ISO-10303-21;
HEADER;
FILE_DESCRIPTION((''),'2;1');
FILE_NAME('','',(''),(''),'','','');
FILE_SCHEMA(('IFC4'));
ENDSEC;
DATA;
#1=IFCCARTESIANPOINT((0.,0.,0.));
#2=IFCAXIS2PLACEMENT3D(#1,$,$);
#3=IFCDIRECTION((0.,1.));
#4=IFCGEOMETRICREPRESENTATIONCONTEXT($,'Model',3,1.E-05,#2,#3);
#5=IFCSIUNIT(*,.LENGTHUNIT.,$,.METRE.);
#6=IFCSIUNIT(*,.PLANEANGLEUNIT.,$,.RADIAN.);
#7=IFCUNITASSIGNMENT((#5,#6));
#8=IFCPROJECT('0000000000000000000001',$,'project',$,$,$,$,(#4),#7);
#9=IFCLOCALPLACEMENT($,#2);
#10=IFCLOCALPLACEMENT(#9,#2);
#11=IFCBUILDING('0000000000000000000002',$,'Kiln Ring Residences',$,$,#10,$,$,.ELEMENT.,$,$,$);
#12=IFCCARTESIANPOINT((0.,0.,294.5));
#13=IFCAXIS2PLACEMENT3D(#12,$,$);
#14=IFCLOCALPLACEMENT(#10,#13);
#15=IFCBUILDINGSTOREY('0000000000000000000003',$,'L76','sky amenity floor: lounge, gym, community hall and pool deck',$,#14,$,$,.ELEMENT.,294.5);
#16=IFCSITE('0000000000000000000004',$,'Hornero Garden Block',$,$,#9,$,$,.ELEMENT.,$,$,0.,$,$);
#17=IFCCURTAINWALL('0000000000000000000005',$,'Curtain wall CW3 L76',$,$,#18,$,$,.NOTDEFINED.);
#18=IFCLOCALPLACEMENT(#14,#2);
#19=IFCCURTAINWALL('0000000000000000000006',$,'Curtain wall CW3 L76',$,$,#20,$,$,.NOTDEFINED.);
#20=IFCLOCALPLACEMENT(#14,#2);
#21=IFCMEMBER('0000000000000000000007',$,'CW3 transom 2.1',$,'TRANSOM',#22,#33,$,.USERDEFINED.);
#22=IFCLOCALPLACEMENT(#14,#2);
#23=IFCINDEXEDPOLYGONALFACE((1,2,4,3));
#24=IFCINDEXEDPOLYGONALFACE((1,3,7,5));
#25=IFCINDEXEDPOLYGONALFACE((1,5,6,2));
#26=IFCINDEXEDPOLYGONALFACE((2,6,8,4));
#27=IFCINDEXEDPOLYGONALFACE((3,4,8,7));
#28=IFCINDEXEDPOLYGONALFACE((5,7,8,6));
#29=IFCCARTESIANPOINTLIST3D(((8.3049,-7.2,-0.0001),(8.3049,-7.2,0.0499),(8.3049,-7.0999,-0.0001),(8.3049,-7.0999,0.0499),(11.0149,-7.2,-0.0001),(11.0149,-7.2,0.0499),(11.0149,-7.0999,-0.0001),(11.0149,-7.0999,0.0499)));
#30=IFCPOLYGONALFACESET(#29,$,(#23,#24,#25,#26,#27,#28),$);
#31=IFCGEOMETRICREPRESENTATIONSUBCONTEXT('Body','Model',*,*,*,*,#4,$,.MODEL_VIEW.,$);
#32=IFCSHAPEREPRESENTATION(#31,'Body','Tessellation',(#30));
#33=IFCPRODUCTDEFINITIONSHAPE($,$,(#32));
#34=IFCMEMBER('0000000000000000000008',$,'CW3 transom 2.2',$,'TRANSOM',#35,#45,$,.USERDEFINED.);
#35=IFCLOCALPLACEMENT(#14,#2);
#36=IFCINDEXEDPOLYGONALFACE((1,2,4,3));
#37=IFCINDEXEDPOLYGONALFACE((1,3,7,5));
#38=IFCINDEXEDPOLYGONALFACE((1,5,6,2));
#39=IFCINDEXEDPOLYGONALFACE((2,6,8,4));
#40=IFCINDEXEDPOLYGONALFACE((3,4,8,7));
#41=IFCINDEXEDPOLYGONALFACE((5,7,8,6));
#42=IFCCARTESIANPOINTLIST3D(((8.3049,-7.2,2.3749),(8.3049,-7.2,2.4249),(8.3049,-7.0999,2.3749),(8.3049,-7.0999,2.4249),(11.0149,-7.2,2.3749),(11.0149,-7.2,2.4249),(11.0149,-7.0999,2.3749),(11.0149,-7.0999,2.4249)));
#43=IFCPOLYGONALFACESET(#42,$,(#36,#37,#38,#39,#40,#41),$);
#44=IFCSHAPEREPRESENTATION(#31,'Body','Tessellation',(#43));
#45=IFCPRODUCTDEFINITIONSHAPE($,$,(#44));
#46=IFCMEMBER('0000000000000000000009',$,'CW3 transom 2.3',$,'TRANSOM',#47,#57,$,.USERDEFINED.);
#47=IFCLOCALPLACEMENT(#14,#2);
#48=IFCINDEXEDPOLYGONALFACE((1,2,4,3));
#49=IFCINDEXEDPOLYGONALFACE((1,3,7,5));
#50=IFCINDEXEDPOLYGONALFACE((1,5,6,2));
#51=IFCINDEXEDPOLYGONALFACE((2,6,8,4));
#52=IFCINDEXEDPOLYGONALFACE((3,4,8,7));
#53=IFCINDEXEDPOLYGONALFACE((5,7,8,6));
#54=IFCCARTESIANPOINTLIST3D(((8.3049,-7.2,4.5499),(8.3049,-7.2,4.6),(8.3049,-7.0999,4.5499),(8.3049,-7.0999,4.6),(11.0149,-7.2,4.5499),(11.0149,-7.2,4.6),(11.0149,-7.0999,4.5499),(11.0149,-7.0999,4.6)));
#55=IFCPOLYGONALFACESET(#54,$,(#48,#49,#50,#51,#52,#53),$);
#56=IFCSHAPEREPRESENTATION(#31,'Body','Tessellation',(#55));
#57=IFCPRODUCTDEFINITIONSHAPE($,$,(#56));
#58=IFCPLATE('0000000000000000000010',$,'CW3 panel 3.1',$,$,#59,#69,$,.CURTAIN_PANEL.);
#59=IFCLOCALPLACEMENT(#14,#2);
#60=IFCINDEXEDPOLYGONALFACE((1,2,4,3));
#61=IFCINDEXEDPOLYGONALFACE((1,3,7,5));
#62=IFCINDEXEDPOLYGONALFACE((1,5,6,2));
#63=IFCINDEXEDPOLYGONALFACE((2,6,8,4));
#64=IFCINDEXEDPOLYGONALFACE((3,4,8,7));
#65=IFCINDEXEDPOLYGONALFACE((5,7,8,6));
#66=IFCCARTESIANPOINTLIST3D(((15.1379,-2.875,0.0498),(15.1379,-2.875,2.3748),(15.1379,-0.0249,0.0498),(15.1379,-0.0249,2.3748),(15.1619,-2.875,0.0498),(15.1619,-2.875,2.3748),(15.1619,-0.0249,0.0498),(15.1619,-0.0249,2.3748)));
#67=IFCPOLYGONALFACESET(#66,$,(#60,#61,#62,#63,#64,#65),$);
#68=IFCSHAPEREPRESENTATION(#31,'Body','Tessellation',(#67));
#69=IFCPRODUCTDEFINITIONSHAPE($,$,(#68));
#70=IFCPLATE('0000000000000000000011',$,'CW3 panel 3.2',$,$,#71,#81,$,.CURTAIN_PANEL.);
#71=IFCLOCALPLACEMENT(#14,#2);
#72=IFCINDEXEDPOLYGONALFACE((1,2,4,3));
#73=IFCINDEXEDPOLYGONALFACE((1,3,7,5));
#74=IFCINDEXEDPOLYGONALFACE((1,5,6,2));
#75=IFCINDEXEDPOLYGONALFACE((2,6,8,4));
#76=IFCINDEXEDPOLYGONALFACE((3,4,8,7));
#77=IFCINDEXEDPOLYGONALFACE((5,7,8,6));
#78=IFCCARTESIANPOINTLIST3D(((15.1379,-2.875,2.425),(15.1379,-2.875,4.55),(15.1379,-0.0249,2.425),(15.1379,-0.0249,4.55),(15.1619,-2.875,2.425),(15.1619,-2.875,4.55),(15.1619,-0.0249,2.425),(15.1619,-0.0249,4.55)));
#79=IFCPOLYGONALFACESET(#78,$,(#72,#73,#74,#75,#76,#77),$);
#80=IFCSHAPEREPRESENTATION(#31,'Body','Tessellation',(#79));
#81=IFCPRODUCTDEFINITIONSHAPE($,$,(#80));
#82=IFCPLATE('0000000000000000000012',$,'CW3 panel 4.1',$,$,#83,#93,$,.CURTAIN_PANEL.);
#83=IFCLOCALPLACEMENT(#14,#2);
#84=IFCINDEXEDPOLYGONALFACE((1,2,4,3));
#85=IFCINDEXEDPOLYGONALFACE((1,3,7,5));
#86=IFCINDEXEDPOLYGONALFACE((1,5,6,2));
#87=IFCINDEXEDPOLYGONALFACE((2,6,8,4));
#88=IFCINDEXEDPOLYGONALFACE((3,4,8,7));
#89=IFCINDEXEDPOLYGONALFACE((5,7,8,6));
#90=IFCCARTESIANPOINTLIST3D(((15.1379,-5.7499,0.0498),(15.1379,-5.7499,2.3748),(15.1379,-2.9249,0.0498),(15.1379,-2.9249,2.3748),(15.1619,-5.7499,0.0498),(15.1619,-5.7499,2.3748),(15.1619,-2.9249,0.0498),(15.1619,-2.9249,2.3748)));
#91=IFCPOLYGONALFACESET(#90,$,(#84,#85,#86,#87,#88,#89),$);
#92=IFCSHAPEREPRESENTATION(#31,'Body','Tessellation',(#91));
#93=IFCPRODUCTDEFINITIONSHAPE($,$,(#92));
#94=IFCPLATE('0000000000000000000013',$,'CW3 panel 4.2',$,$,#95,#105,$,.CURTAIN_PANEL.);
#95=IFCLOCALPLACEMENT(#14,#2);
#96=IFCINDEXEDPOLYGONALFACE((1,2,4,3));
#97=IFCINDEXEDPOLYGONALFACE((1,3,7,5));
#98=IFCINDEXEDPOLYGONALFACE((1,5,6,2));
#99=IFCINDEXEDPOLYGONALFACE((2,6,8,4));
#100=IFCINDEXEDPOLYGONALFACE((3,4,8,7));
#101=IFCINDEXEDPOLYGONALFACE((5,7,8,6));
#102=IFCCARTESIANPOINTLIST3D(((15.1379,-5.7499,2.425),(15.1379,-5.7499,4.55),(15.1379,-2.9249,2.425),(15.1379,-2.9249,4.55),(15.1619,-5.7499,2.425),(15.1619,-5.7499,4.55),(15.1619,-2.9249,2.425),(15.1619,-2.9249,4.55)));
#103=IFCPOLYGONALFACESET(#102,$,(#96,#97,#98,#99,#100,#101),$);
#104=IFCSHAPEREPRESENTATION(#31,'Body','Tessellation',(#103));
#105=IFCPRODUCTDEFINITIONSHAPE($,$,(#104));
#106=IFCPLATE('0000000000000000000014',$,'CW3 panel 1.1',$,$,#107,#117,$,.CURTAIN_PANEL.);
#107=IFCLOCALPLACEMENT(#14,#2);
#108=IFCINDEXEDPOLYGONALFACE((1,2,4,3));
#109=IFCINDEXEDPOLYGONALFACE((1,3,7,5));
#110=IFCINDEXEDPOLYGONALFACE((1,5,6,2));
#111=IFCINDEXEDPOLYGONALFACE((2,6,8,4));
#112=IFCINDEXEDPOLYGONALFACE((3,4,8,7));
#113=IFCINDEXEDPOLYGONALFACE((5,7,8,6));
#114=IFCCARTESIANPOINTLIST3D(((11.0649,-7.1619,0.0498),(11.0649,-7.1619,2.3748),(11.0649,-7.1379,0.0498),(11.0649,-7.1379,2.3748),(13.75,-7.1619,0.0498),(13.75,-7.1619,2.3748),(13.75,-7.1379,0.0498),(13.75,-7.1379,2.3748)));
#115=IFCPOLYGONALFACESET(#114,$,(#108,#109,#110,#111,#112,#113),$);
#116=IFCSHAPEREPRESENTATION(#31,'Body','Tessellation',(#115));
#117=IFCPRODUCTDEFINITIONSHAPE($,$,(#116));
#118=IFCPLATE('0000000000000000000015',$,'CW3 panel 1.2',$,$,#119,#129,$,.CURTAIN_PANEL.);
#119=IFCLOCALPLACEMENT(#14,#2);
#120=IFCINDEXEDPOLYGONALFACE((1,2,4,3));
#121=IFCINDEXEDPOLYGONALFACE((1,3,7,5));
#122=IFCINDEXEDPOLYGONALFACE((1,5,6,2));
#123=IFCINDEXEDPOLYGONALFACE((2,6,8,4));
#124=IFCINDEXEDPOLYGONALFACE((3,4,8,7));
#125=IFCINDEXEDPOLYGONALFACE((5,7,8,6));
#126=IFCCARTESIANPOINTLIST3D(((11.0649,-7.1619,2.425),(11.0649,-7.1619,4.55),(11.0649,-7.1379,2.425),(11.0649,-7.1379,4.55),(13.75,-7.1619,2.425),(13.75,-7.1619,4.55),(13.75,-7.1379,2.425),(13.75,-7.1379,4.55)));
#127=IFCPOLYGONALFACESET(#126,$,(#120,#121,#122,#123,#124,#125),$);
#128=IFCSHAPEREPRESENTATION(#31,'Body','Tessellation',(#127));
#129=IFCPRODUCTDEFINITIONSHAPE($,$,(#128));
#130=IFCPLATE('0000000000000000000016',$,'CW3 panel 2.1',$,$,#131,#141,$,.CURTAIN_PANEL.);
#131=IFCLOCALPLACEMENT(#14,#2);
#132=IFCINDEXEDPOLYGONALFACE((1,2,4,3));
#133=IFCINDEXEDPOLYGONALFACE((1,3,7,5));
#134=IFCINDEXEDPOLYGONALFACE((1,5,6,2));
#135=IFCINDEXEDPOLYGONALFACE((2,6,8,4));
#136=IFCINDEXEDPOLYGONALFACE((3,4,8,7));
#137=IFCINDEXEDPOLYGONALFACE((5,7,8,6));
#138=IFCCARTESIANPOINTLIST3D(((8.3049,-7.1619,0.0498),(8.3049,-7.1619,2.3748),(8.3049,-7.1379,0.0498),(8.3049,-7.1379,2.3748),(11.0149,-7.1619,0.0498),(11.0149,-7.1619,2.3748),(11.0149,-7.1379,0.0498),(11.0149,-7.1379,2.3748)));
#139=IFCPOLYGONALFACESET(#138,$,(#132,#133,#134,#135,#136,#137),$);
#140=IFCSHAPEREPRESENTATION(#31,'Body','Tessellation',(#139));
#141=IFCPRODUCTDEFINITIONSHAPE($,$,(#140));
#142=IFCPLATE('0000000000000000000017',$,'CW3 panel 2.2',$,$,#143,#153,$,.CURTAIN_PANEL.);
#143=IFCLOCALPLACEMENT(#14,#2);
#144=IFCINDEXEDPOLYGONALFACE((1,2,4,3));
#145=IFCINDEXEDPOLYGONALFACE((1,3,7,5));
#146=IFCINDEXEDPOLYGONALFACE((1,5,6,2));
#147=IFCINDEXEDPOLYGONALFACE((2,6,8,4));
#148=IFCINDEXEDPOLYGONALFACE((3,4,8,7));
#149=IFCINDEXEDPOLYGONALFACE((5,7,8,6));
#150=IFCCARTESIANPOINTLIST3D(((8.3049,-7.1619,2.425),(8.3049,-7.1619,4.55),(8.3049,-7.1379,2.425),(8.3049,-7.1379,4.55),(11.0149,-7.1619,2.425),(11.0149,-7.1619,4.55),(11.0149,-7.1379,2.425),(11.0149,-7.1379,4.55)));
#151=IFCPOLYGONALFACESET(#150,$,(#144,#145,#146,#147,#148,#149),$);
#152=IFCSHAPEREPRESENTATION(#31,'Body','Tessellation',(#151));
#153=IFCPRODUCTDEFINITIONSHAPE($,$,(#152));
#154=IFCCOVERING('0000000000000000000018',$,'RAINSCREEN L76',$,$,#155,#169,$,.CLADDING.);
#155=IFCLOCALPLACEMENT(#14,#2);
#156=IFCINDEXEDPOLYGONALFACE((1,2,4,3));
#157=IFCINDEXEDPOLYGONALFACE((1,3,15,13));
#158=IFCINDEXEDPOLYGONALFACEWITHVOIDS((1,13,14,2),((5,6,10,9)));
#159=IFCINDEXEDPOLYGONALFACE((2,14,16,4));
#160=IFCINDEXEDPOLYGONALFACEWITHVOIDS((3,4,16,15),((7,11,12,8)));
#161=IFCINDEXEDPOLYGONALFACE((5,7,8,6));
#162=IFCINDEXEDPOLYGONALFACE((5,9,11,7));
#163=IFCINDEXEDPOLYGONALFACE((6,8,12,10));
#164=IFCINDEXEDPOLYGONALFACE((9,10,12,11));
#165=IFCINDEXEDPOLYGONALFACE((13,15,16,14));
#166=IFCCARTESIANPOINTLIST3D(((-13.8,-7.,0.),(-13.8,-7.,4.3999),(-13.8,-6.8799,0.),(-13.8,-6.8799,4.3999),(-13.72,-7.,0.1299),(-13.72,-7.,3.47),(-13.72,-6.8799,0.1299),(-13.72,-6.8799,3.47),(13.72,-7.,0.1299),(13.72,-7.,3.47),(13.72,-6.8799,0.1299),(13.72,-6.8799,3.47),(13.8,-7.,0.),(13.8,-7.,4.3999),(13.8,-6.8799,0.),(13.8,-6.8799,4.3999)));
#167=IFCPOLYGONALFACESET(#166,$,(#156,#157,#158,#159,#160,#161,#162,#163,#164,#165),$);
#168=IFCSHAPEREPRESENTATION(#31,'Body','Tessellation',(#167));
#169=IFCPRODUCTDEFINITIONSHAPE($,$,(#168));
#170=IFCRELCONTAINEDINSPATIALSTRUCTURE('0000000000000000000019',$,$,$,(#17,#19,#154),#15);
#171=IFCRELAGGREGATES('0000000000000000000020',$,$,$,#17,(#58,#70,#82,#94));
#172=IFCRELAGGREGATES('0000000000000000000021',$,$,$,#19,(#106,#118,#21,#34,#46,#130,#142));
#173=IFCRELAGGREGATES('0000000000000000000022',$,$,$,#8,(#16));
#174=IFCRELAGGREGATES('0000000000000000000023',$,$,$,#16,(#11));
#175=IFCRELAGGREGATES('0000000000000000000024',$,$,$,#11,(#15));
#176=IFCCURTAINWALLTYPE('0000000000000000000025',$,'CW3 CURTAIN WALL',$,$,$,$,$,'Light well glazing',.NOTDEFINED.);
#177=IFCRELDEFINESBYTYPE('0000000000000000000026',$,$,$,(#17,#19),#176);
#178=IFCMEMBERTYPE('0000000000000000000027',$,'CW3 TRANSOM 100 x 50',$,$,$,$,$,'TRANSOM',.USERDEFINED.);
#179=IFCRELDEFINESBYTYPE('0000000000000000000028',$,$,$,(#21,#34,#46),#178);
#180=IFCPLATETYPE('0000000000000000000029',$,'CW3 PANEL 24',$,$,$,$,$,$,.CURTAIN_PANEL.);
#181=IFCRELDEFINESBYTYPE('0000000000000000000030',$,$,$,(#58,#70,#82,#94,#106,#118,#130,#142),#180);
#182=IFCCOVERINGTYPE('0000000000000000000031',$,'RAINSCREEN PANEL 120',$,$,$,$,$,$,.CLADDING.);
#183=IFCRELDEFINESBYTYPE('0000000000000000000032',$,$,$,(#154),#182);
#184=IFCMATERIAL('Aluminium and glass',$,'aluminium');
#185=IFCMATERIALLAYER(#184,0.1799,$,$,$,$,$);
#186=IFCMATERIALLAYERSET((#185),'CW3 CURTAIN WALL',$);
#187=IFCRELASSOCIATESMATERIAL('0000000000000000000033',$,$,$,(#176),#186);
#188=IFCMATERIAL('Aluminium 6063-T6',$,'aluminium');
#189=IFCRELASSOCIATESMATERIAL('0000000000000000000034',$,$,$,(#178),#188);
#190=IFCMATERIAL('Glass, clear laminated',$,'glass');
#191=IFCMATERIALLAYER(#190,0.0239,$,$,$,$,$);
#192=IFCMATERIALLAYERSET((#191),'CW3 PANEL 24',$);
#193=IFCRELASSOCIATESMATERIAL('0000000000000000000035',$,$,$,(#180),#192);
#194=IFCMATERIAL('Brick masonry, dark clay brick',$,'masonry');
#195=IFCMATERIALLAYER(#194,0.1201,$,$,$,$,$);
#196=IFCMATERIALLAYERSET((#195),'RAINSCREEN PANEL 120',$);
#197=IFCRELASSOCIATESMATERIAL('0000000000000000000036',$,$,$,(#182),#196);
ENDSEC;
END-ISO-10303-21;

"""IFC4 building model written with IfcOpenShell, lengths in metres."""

from ifc_helpers import new_model, si_unit, direction, frame, origin, origin_2d, place, context, subcontext, project, spatial, polyline, rectangle, outline, extrude, material, layer, layer_set, material_profile, profile_set, type_object, element, aggregate, save


model = new_model("IFC4")

# Units and contexts
model_context = context("Model", 3, precision=1e-05, world=origin(), true_north=direction((0.0, 1.0)))
body_context = subcontext(model_context, "Body", "Model", "MODEL_VIEW")
ifc_project = project(units=[si_unit("LENGTHUNIT", "METRE"), si_unit("PLANEANGLEUNIT", "RADIAN")], contexts=[model_context])

# Site, building, storey
site_placement = place(None, origin())
site = spatial("IfcSite", under=ifc_project, at=site_placement, Name="Hornero Garden Block", CompositionType="ELEMENT", RefElevation=0.0)
building_placement = place(site_placement, origin())
building = spatial("IfcBuilding", under=site, at=building_placement, Name="Kiln Ring Residences", CompositionType="ELEMENT")
storey_placement = place(building_placement, frame((0.0, 0.0, 294.5)))
storey = spatial("IfcBuildingStorey", under=building, at=storey_placement, Name="L76", Description="sky amenity floor: lounge, gym, community hall and pool deck", CompositionType="ELEMENT", Elevation=294.5)

# Curtain walls
ifc_material_1 = material(Name="Aluminium and glass", Category="aluminium")
ifc_layer_1 = layer(ifc_material_1, 0.1799)
ifc_layer_set_1 = layer_set([ifc_layer_1], Name="CW3 CURTAIN WALL")
curtain_wall_type = type_object("IfcCurtainWallType", Name="CW3 CURTAIN WALL", ElementType="Light well glazing", PredefinedType="NOTDEFINED", material=ifc_layer_set_1)
placement = place(storey_placement, origin())
curtain_wall_1 = element("IfcCurtainWall", 1, at=placement, inside=storey, type_object=curtain_wall_type, Name="Curtain wall CW3 L76", PredefinedType="NOTDEFINED")
curtain_wall_2 = element("IfcCurtainWall", 2, at=placement, inside=storey, type_object=curtain_wall_type, Name="Curtain wall CW3 L76", PredefinedType="NOTDEFINED")

# Members
ifc_material_2 = material(Name="Aluminium 6063-T6", Category="aluminium")
ifc_material_profile_1 = material_profile(ifc_material_2, rectangle(XDim=0.1001, YDim=0.05, at=origin_2d()), Name="AL 100x50")
ifc_profile_set_1 = profile_set([ifc_material_profile_1], Name="Aluminium 6063-T6")
member_type_1 = type_object("IfcMemberType", Name="CW3 TRANSOM 100 x 50", ElementType="TRANSOM", PredefinedType="USERDEFINED", material=ifc_profile_set_1)
member_1_placement = place(storey_placement, frame((11.0149, -7.1499, 0.0249), z_axis=(-1.0, 0.0, 0.0), x_axis=(0.0, -1.0, 0.0)))
member_1 = element("IfcMember", 3, at=member_1_placement, type_object=member_type_1, Name="CW3 transom 2.1", ObjectType="TRANSOM", PredefinedType="USERDEFINED", context=body_context, shape_type="SweptSolid", body=[
    extrude(rectangle(XDim=0.1001, YDim=0.05, at=origin_2d()), origin(), (0.0, 0.0, 1.0), 2.71),
])
member_2_placement = place(storey_placement, frame((11.0149, -7.1499, 2.3999), z_axis=(-1.0, 0.0, 0.0), x_axis=(0.0, -1.0, 0.0)))
member_2 = element("IfcMember", 4, at=member_2_placement, type_object=member_type_1, Name="CW3 transom 2.2", ObjectType="TRANSOM", PredefinedType="USERDEFINED", context=body_context, shape_type="SweptSolid", body=[
    extrude(rectangle(XDim=0.1001, YDim=0.05, at=origin_2d()), origin(), (0.0, 0.0, 1.0), 2.71),
])
member_3_placement = place(storey_placement, frame((11.0149, -7.1499, 4.575), z_axis=(-1.0, 0.0, 0.0), x_axis=(0.0, -1.0, 0.0)))
member_3 = element("IfcMember", 5, at=member_3_placement, type_object=member_type_1, Name="CW3 transom 2.3", ObjectType="TRANSOM", PredefinedType="USERDEFINED", context=body_context, shape_type="SweptSolid", body=[
    extrude(rectangle(XDim=0.1001, YDim=0.05, at=origin_2d()), origin(), (0.0, 0.0, 1.0), 2.71),
])

# Plates
ifc_material_3 = material(Name="Glass, clear laminated", Category="glass")
ifc_layer_2 = layer(ifc_material_3, 0.0239)
ifc_layer_set_2 = layer_set([ifc_layer_2], Name="CW3 PANEL 24")
plate_type = type_object("IfcPlateType", Name="CW3 PANEL 24", PredefinedType="CURTAIN_PANEL", material=ifc_layer_set_2)
plate_1_placement = place(storey_placement, frame((15.1499, -1.45, 0.0498), z_axis=(0.0, 0.0, 1.0), x_axis=(0.0, -1.0, 0.0)))
plate_1 = element("IfcPlate", 6, at=plate_1_placement, type_object=plate_type, Name="CW3 panel 3.1", PredefinedType="CURTAIN_PANEL", context=body_context, shape_type="SweptSolid", body=[
    extrude(rectangle(XDim=2.8501, YDim=0.0239, at=origin_2d()), origin(), (0.0, 0.0, 1.0), 2.325),
])
plate_2_placement = place(storey_placement, frame((15.1499, -1.45, 2.425), z_axis=(0.0, 0.0, 1.0), x_axis=(0.0, -1.0, 0.0)))
plate_2 = element("IfcPlate", 7, at=plate_2_placement, type_object=plate_type, Name="CW3 panel 3.2", PredefinedType="CURTAIN_PANEL", context=body_context, shape_type="SweptSolid", body=[
    extrude(rectangle(XDim=2.8501, YDim=0.0239, at=origin_2d()), origin(), (0.0, 0.0, 1.0), 2.125),
])
plate_3_placement = place(storey_placement, frame((15.1499, -4.3374, 0.0498), z_axis=(0.0, 0.0, 1.0), x_axis=(0.0, -1.0, 0.0)))
plate_3 = element("IfcPlate", 8, at=plate_3_placement, type_object=plate_type, Name="CW3 panel 4.1", PredefinedType="CURTAIN_PANEL", context=body_context, shape_type="SweptSolid", body=[
    extrude(rectangle(XDim=2.825, YDim=0.0239, at=origin_2d()), origin(), (0.0, 0.0, 1.0), 2.325),
])
plate_4_placement = place(storey_placement, frame((15.1499, -4.3374, 2.425), z_axis=(0.0, 0.0, 1.0), x_axis=(0.0, -1.0, 0.0)))
plate_4 = element("IfcPlate", 9, at=plate_4_placement, type_object=plate_type, Name="CW3 panel 4.2", PredefinedType="CURTAIN_PANEL", context=body_context, shape_type="SweptSolid", body=[
    extrude(rectangle(XDim=2.825, YDim=0.0239, at=origin_2d()), origin(), (0.0, 0.0, 1.0), 2.125),
])
aggregate(curtain_wall_1, [plate_1, plate_2, plate_3, plate_4])
plate_5_placement = place(storey_placement, frame((12.4075, -7.1499, 0.0498), z_axis=(0.0, 0.0, 1.0), x_axis=(-1.0, 0.0, 0.0)))
plate_5 = element("IfcPlate", 10, at=plate_5_placement, type_object=plate_type, Name="CW3 panel 1.1", PredefinedType="CURTAIN_PANEL", context=body_context, shape_type="SweptSolid", body=[
    extrude(rectangle(XDim=2.6851, YDim=0.0239, at=origin_2d()), origin(), (0.0, 0.0, 1.0), 2.325),
])
plate_6_placement = place(storey_placement, frame((12.4075, -7.1499, 2.425), z_axis=(0.0, 0.0, 1.0), x_axis=(-1.0, 0.0, 0.0)))
plate_6 = element("IfcPlate", 11, at=plate_6_placement, type_object=plate_type, Name="CW3 panel 1.2", PredefinedType="CURTAIN_PANEL", context=body_context, shape_type="SweptSolid", body=[
    extrude(rectangle(XDim=2.6851, YDim=0.0239, at=origin_2d()), origin(), (0.0, 0.0, 1.0), 2.125),
])
plate_7_placement = place(storey_placement, frame((9.6599, -7.1499, 0.0498), z_axis=(0.0, 0.0, 1.0), x_axis=(-1.0, 0.0, 0.0)))
plate_7 = element("IfcPlate", 12, at=plate_7_placement, type_object=plate_type, Name="CW3 panel 2.1", PredefinedType="CURTAIN_PANEL", context=body_context, shape_type="SweptSolid", body=[
    extrude(rectangle(XDim=2.71, YDim=0.0239, at=origin_2d()), origin(), (0.0, 0.0, 1.0), 2.325),
])
plate_8_placement = place(storey_placement, frame((9.6599, -7.1499, 2.425), z_axis=(0.0, 0.0, 1.0), x_axis=(-1.0, 0.0, 0.0)))
plate_8 = element("IfcPlate", 13, at=plate_8_placement, type_object=plate_type, Name="CW3 panel 2.2", PredefinedType="CURTAIN_PANEL", context=body_context, shape_type="SweptSolid", body=[
    extrude(rectangle(XDim=2.71, YDim=0.0239, at=origin_2d()), origin(), (0.0, 0.0, 1.0), 2.125),
])
aggregate(curtain_wall_2, [plate_5, plate_6, member_1, member_2, member_3, plate_7, plate_8])

# Covering
ifc_material_4 = material(Name="Brick masonry, dark clay brick", Category="masonry")
ifc_layer_3 = layer(ifc_material_4, 0.1201)
ifc_layer_set_3 = layer_set([ifc_layer_3], Name="RAINSCREEN PANEL 120")
covering_type = type_object("IfcCoveringType", Name="RAINSCREEN PANEL 120", PredefinedType="CLADDING", material=ifc_layer_set_3)
covering_placement = place(storey_placement, frame((13.8, -6.9399, 0.0), z_axis=(0.0, 0.0, 1.0), x_axis=(-1.0, 0.0, 0.0)))
element("IfcCovering", 14, at=covering_placement, inside=storey, type_object=covering_type, Name="RAINSCREEN L76", PredefinedType="CLADDING", context=body_context, shape_type="SweptSolid", body=[
    extrude(outline(polyline([(0.0, 0.0), (27.6001, 0.0), (27.6001, 4.3999), (0.0, 4.3999), (0.0, 0.0)]), holes=[polyline([(0.0801, 3.47), (0.0801, 0.1299), (27.52, 0.1299), (27.52, 3.47), (0.0801, 3.47)])]), frame((0.0, 0.0601, 0.0), z_axis=(0.0, -1.0, 0.0), x_axis=(1.0, 0.0, 0.0)), (0.0, 0.0, 1.0), 0.1201),
])

save(model, "model.ifc")
